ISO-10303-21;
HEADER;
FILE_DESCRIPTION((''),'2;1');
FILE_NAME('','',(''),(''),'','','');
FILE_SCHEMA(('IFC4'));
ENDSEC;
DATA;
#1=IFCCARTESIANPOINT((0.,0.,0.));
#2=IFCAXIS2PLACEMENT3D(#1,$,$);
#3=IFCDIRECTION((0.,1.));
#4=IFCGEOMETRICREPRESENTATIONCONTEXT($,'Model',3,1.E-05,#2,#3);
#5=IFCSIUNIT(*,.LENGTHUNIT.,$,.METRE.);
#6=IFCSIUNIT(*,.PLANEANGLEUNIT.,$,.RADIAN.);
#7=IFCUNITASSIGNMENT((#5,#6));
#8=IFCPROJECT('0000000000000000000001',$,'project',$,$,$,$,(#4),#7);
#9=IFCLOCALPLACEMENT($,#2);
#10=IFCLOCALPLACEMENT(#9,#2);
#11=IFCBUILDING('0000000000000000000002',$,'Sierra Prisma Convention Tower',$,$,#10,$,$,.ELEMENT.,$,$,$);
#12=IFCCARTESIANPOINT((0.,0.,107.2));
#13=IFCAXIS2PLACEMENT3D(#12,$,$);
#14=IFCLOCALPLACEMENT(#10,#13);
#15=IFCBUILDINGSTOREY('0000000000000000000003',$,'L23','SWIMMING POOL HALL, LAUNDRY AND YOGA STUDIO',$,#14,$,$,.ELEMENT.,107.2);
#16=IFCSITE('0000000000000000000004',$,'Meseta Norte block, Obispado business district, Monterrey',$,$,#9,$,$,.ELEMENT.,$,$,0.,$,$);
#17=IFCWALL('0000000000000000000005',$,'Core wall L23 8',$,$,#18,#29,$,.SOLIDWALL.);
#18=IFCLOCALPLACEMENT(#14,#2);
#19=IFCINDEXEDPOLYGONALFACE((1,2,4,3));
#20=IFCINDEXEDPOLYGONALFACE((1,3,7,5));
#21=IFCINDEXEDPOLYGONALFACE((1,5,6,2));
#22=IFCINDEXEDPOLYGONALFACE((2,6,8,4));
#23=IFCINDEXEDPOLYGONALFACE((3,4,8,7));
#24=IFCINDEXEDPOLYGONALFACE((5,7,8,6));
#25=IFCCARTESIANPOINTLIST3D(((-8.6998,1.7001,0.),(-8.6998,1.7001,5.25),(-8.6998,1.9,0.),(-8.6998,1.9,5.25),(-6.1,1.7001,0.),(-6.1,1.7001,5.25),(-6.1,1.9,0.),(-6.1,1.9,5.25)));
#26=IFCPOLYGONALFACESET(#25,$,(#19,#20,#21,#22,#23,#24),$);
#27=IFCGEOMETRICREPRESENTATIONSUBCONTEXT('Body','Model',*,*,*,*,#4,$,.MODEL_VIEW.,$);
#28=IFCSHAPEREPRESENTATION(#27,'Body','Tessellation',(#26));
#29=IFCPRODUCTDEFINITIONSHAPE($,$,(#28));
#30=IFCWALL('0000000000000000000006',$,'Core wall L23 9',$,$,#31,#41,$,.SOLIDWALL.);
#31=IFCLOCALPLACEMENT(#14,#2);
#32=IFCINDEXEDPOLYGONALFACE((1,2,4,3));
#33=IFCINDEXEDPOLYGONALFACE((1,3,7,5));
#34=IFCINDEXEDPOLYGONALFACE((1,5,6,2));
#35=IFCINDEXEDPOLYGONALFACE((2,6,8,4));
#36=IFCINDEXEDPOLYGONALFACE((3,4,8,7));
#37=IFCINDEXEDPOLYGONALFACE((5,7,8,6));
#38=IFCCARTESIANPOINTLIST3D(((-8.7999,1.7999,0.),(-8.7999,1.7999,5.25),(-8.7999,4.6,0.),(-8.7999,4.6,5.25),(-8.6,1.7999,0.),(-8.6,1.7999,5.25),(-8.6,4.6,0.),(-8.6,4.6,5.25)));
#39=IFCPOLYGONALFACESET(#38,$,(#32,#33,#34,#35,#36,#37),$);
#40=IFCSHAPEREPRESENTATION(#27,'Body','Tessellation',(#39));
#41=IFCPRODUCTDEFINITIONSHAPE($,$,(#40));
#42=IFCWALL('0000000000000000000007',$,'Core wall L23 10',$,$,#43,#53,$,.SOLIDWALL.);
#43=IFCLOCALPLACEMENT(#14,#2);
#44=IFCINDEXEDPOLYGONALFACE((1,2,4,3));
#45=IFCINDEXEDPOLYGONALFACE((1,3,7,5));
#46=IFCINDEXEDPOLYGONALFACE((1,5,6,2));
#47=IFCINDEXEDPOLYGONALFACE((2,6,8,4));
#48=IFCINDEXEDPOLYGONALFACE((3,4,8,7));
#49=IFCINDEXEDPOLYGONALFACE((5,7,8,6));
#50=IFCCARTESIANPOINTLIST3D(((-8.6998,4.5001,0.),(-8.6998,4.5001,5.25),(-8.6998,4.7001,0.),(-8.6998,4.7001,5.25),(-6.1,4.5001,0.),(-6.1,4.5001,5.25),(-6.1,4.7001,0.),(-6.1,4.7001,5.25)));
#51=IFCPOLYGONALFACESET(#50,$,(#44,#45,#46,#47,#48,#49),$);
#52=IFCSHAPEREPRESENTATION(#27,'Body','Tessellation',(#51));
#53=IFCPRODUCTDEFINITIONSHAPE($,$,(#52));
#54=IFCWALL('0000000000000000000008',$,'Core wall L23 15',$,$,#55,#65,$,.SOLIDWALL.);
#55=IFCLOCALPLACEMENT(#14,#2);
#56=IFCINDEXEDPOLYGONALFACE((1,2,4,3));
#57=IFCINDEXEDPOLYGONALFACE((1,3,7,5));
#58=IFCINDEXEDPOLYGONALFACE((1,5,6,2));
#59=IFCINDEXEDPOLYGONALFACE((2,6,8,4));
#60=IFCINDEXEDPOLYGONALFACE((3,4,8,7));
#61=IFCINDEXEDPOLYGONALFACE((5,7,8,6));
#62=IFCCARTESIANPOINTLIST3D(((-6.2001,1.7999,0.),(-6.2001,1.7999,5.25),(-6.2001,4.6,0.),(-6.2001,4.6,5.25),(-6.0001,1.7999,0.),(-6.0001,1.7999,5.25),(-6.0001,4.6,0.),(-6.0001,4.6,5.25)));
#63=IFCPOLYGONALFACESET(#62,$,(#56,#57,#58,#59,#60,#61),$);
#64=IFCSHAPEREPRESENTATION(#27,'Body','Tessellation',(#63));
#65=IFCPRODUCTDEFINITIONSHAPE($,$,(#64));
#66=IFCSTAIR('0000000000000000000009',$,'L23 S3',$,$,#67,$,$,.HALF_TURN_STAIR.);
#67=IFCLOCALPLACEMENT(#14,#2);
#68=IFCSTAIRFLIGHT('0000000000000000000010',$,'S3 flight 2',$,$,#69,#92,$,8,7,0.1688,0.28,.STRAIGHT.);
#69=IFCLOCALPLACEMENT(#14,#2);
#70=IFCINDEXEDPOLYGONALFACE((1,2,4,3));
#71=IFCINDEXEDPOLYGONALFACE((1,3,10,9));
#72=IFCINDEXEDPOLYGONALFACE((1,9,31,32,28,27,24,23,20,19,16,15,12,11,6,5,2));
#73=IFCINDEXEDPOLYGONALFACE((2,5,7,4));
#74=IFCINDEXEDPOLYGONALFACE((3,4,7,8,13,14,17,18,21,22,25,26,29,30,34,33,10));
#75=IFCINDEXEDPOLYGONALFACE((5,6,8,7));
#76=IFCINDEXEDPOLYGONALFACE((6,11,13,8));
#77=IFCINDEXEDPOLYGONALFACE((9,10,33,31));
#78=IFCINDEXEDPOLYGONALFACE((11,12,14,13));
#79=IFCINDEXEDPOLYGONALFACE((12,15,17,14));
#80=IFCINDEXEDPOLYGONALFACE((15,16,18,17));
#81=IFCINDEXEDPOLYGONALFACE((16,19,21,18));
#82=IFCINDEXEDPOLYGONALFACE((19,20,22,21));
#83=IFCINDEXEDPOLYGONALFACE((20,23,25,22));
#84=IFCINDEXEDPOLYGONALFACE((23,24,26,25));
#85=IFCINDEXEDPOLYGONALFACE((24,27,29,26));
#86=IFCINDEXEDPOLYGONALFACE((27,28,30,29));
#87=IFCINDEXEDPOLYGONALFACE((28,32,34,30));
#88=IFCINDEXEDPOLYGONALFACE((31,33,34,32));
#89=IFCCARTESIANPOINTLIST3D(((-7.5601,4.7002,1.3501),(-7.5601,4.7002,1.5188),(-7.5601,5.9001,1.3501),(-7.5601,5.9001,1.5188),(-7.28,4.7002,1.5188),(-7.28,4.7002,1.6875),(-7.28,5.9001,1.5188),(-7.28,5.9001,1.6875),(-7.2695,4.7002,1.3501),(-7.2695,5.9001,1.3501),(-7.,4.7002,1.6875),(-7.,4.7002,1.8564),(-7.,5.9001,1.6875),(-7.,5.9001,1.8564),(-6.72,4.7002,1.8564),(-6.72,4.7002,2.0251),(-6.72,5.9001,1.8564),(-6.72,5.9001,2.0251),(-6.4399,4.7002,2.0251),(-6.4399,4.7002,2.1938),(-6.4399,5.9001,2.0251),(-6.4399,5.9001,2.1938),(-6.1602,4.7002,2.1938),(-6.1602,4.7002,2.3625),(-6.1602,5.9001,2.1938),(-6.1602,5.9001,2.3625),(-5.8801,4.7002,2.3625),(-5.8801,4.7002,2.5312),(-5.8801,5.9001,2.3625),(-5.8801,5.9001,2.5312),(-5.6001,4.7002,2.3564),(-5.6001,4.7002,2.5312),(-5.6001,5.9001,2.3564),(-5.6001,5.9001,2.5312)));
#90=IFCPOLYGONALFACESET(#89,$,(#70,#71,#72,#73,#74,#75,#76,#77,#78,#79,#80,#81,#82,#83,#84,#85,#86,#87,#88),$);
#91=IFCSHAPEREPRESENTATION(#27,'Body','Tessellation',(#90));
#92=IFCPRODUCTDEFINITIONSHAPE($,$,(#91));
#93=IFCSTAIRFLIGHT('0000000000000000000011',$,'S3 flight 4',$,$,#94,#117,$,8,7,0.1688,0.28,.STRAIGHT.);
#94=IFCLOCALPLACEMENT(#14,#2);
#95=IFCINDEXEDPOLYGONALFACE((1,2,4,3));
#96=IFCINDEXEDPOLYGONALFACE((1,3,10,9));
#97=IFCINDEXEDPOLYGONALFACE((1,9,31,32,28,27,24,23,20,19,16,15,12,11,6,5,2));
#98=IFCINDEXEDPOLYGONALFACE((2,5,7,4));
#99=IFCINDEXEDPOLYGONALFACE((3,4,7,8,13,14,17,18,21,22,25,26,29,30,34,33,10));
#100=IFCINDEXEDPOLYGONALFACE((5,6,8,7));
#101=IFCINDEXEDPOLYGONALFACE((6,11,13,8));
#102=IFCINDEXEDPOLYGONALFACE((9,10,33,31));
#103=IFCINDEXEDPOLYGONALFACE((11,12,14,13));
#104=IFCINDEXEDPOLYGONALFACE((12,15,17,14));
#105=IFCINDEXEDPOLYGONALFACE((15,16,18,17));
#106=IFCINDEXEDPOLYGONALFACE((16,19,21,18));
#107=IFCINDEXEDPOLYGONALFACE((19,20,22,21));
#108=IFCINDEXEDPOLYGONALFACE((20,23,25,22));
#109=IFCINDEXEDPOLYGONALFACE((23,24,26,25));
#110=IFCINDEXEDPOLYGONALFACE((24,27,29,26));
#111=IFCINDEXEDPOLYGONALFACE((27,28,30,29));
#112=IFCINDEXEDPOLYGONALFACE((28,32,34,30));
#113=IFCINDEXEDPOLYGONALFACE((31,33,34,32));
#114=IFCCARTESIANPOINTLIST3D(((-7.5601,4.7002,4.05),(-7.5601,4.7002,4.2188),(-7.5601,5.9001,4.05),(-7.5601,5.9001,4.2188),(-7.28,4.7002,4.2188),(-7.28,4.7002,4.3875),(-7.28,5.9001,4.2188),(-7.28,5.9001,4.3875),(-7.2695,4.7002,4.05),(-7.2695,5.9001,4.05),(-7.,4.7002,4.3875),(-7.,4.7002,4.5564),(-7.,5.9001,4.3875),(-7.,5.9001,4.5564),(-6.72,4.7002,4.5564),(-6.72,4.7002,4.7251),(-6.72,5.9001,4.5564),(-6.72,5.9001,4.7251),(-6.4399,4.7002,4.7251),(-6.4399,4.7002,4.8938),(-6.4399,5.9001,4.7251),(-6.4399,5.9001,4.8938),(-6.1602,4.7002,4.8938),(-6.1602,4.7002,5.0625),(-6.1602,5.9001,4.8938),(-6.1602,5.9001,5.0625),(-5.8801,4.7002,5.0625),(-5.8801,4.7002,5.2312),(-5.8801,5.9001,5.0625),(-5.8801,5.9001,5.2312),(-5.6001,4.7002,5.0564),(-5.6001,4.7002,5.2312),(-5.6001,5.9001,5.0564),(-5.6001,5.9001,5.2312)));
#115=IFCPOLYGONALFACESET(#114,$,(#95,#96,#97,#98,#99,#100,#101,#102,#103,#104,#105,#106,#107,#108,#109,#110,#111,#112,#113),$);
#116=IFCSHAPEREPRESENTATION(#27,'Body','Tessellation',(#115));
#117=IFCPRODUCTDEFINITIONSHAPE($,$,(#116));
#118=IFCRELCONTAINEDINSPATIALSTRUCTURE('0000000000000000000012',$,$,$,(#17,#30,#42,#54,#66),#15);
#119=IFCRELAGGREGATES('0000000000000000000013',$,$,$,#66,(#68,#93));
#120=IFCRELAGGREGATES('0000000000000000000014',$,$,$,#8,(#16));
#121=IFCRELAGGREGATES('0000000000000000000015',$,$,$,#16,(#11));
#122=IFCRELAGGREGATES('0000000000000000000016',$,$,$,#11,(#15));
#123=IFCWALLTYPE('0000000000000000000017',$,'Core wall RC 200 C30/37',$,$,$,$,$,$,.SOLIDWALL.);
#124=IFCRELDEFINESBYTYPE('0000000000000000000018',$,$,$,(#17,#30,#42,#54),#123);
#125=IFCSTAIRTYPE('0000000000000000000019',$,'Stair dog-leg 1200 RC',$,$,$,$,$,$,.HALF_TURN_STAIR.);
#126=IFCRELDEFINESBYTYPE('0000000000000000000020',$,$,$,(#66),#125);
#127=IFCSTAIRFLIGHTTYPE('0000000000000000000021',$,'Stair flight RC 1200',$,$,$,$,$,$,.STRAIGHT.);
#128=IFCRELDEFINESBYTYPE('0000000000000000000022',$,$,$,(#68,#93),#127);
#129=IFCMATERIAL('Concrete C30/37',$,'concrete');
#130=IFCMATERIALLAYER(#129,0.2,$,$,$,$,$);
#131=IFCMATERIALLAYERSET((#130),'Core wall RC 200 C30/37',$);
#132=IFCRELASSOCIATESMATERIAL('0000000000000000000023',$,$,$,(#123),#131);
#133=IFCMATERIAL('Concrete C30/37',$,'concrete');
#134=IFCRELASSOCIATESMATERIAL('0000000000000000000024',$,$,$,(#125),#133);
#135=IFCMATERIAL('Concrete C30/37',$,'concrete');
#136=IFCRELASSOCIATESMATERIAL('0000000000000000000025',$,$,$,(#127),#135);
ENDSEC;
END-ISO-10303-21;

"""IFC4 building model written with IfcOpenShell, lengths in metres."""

from ifc_helpers import new_model, si_unit, direction, frame, frame_2d, origin, place, context, subcontext, project, spatial, polyline, rectangle, outline, extrude, material, layer, layer_set, type_object, element, aggregate, save


model = new_model("IFC4")

# Units and contexts
model_context = context("Model", 3, precision=1e-05, world=origin(), true_north=direction((0.0, 1.0)))
body_context = subcontext(model_context, "Body", "Model", "MODEL_VIEW")
ifc_project = project(units=[si_unit("LENGTHUNIT", "METRE"), si_unit("PLANEANGLEUNIT", "RADIAN")], contexts=[model_context])

# Site, building, storey
site_placement = place(None, origin())
site = spatial("IfcSite", under=ifc_project, at=site_placement, Name="Meseta Norte block, Obispado business district, Monterrey", CompositionType="ELEMENT", RefElevation=0.0)
building_placement = place(site_placement, origin())
building = spatial("IfcBuilding", under=site, at=building_placement, Name="Sierra Prisma Convention Tower", CompositionType="ELEMENT")
storey_placement = place(building_placement, frame((0.0, 0.0, 107.2)))
storey = spatial("IfcBuildingStorey", under=building, at=storey_placement, Name="L23", Description="SWIMMING POOL HALL, LAUNDRY AND YOGA STUDIO", CompositionType="ELEMENT", Elevation=107.2)

# Shared definitions
ifc_material_1 = material(Name="Concrete C30/37", Category="concrete")
ifc_layer_1 = layer(ifc_material_1, 0.2)
ifc_layer_set_1 = layer_set([ifc_layer_1], Name="Core wall RC 200 C30/37")
wall_type = type_object("IfcWallType", Name="Core wall RC 200 C30/37", PredefinedType="SOLIDWALL", material=ifc_layer_set_1)

# Walls
wall_1_placement = place(storey_placement, frame((-6.1001, 1.8, 0.0), z_axis=(0.0, 0.0, 1.0), x_axis=(-1.0, 0.0, 0.0)))
element("IfcWall", 1, at=wall_1_placement, inside=storey, type_object=wall_type, Name="Core wall L23 8", PredefinedType="SOLIDWALL", context=body_context, shape_type="SweptSolid", body=[
    extrude(rectangle(XDim=2.5999, YDim=0.2, at=frame_2d((1.2998, 0.0))), origin(), (0.0, 0.0, 1.0), 5.25),
])
wall_2_placement = place(storey_placement, frame((-8.7, 1.8, 0.0), z_axis=(0.0, 0.0, 1.0), x_axis=(0.0, 1.0, 0.0)))
element("IfcWall", 2, at=wall_2_placement, inside=storey, type_object=wall_type, Name="Core wall L23 9", PredefinedType="SOLIDWALL", context=body_context, shape_type="SweptSolid", body=[
    extrude(rectangle(XDim=2.8, YDim=0.2, at=frame_2d((1.3999, 0.0))), origin(), (0.0, 0.0, 1.0), 5.25),
])
wall_3_placement = place(storey_placement, frame((-6.1001, 4.6001, 0.0), z_axis=(0.0, 0.0, 1.0), x_axis=(-1.0, 0.0, 0.0)))
element("IfcWall", 3, at=wall_3_placement, inside=storey, type_object=wall_type, Name="Core wall L23 10", PredefinedType="SOLIDWALL", context=body_context, shape_type="SweptSolid", body=[
    extrude(rectangle(XDim=2.5999, YDim=0.2, at=frame_2d((1.2998, 0.0))), origin(), (0.0, 0.0, 1.0), 5.25),
])
wall_4_placement = place(storey_placement, frame((-6.1001, 1.8, 0.0), z_axis=(0.0, 0.0, 1.0), x_axis=(0.0, 1.0, 0.0)))
element("IfcWall", 4, at=wall_4_placement, inside=storey, type_object=wall_type, Name="Core wall L23 15", PredefinedType="SOLIDWALL", context=body_context, shape_type="SweptSolid", body=[
    extrude(rectangle(XDim=2.8, YDim=0.2, at=frame_2d((1.3999, 0.0))), origin(), (0.0, 0.0, 1.0), 5.25),
])

# Stair, stair flights
ifc_material_2 = material(Name="Concrete C30/37", Category="concrete")
stair_type = type_object("IfcStairType", Name="Stair dog-leg 1200 RC", PredefinedType="HALF_TURN_STAIR", material=ifc_material_2)
stair_placement = place(storey_placement, origin())
stair = element("IfcStair", 5, at=stair_placement, inside=storey, type_object=stair_type, Name="L23 S3", PredefinedType="HALF_TURN_STAIR")
ifc_material_3 = material(Name="Concrete C30/37", Category="concrete")
stair_flight_type = type_object("IfcStairFlightType", Name="Stair flight RC 1200", PredefinedType="STRAIGHT", material=ifc_material_3)
stair_flight_1_placement = place(storey_placement, frame((-7.5601, 5.3, 1.3501), z_axis=(0.0, 0.0, 1.0), x_axis=(1.0, 0.0, 0.0)))
stair_flight_1 = element("IfcStairFlight", 6, at=stair_flight_1_placement, type_object=stair_flight_type, Name="S3 flight 2", NumberOfRisers=8, NumberOfTreads=7, PredefinedType="STRAIGHT", RiserHeight=0.1688, TreadLength=0.28, context=body_context, shape_type="SweptSolid", body=[
    extrude(outline(polyline([(0.0, 0.0), (0.0, 0.1687), (0.28, 0.1687), (0.28, 0.3374), (0.5601, 0.3374), (0.5601, 0.5063), (0.8401, 0.5063), (0.8401, 0.675), (1.1201, 0.675), (1.1201, 0.8438), (1.3999, 0.8438), (1.3999, 1.0125), (1.6799, 1.0125), (1.6799, 1.1812), (1.96, 1.1812), (1.96, 1.3501), (1.96, 1.0063), (0.2905, 0.0), (0.0, 0.0)])), frame((0.0, 0.6001, 0.0), z_axis=(0.0, -1.0, 0.0), x_axis=(1.0, 0.0, 0.0)), (0.0, 0.0, 1.0), 1.2),
])
stair_flight_2_placement = place(storey_placement, frame((-7.5601, 5.3, 4.05), z_axis=(0.0, 0.0, 1.0), x_axis=(1.0, 0.0, 0.0)))
stair_flight_2 = element("IfcStairFlight", 7, at=stair_flight_2_placement, type_object=stair_flight_type, Name="S3 flight 4", NumberOfRisers=8, NumberOfTreads=7, PredefinedType="STRAIGHT", RiserHeight=0.1688, TreadLength=0.28, context=body_context, shape_type="SweptSolid", body=[
    extrude(outline(polyline([(0.0, 0.0), (0.0, 0.1687), (0.28, 0.1687), (0.28, 0.3374), (0.5601, 0.3374), (0.5601, 0.5063), (0.8401, 0.5063), (0.8401, 0.675), (1.1201, 0.675), (1.1201, 0.8438), (1.3999, 0.8438), (1.3999, 1.0125), (1.6799, 1.0125), (1.6799, 1.1812), (1.96, 1.1812), (1.96, 1.3501), (1.96, 1.0063), (0.2905, 0.0), (0.0, 0.0)])), frame((0.0, 0.6001, 0.0), z_axis=(0.0, -1.0, 0.0), x_axis=(1.0, 0.0, 0.0)), (0.0, 0.0, 1.0), 1.2),
])
aggregate(stair, [stair_flight_1, stair_flight_2])

save(model, "model.ifc")
